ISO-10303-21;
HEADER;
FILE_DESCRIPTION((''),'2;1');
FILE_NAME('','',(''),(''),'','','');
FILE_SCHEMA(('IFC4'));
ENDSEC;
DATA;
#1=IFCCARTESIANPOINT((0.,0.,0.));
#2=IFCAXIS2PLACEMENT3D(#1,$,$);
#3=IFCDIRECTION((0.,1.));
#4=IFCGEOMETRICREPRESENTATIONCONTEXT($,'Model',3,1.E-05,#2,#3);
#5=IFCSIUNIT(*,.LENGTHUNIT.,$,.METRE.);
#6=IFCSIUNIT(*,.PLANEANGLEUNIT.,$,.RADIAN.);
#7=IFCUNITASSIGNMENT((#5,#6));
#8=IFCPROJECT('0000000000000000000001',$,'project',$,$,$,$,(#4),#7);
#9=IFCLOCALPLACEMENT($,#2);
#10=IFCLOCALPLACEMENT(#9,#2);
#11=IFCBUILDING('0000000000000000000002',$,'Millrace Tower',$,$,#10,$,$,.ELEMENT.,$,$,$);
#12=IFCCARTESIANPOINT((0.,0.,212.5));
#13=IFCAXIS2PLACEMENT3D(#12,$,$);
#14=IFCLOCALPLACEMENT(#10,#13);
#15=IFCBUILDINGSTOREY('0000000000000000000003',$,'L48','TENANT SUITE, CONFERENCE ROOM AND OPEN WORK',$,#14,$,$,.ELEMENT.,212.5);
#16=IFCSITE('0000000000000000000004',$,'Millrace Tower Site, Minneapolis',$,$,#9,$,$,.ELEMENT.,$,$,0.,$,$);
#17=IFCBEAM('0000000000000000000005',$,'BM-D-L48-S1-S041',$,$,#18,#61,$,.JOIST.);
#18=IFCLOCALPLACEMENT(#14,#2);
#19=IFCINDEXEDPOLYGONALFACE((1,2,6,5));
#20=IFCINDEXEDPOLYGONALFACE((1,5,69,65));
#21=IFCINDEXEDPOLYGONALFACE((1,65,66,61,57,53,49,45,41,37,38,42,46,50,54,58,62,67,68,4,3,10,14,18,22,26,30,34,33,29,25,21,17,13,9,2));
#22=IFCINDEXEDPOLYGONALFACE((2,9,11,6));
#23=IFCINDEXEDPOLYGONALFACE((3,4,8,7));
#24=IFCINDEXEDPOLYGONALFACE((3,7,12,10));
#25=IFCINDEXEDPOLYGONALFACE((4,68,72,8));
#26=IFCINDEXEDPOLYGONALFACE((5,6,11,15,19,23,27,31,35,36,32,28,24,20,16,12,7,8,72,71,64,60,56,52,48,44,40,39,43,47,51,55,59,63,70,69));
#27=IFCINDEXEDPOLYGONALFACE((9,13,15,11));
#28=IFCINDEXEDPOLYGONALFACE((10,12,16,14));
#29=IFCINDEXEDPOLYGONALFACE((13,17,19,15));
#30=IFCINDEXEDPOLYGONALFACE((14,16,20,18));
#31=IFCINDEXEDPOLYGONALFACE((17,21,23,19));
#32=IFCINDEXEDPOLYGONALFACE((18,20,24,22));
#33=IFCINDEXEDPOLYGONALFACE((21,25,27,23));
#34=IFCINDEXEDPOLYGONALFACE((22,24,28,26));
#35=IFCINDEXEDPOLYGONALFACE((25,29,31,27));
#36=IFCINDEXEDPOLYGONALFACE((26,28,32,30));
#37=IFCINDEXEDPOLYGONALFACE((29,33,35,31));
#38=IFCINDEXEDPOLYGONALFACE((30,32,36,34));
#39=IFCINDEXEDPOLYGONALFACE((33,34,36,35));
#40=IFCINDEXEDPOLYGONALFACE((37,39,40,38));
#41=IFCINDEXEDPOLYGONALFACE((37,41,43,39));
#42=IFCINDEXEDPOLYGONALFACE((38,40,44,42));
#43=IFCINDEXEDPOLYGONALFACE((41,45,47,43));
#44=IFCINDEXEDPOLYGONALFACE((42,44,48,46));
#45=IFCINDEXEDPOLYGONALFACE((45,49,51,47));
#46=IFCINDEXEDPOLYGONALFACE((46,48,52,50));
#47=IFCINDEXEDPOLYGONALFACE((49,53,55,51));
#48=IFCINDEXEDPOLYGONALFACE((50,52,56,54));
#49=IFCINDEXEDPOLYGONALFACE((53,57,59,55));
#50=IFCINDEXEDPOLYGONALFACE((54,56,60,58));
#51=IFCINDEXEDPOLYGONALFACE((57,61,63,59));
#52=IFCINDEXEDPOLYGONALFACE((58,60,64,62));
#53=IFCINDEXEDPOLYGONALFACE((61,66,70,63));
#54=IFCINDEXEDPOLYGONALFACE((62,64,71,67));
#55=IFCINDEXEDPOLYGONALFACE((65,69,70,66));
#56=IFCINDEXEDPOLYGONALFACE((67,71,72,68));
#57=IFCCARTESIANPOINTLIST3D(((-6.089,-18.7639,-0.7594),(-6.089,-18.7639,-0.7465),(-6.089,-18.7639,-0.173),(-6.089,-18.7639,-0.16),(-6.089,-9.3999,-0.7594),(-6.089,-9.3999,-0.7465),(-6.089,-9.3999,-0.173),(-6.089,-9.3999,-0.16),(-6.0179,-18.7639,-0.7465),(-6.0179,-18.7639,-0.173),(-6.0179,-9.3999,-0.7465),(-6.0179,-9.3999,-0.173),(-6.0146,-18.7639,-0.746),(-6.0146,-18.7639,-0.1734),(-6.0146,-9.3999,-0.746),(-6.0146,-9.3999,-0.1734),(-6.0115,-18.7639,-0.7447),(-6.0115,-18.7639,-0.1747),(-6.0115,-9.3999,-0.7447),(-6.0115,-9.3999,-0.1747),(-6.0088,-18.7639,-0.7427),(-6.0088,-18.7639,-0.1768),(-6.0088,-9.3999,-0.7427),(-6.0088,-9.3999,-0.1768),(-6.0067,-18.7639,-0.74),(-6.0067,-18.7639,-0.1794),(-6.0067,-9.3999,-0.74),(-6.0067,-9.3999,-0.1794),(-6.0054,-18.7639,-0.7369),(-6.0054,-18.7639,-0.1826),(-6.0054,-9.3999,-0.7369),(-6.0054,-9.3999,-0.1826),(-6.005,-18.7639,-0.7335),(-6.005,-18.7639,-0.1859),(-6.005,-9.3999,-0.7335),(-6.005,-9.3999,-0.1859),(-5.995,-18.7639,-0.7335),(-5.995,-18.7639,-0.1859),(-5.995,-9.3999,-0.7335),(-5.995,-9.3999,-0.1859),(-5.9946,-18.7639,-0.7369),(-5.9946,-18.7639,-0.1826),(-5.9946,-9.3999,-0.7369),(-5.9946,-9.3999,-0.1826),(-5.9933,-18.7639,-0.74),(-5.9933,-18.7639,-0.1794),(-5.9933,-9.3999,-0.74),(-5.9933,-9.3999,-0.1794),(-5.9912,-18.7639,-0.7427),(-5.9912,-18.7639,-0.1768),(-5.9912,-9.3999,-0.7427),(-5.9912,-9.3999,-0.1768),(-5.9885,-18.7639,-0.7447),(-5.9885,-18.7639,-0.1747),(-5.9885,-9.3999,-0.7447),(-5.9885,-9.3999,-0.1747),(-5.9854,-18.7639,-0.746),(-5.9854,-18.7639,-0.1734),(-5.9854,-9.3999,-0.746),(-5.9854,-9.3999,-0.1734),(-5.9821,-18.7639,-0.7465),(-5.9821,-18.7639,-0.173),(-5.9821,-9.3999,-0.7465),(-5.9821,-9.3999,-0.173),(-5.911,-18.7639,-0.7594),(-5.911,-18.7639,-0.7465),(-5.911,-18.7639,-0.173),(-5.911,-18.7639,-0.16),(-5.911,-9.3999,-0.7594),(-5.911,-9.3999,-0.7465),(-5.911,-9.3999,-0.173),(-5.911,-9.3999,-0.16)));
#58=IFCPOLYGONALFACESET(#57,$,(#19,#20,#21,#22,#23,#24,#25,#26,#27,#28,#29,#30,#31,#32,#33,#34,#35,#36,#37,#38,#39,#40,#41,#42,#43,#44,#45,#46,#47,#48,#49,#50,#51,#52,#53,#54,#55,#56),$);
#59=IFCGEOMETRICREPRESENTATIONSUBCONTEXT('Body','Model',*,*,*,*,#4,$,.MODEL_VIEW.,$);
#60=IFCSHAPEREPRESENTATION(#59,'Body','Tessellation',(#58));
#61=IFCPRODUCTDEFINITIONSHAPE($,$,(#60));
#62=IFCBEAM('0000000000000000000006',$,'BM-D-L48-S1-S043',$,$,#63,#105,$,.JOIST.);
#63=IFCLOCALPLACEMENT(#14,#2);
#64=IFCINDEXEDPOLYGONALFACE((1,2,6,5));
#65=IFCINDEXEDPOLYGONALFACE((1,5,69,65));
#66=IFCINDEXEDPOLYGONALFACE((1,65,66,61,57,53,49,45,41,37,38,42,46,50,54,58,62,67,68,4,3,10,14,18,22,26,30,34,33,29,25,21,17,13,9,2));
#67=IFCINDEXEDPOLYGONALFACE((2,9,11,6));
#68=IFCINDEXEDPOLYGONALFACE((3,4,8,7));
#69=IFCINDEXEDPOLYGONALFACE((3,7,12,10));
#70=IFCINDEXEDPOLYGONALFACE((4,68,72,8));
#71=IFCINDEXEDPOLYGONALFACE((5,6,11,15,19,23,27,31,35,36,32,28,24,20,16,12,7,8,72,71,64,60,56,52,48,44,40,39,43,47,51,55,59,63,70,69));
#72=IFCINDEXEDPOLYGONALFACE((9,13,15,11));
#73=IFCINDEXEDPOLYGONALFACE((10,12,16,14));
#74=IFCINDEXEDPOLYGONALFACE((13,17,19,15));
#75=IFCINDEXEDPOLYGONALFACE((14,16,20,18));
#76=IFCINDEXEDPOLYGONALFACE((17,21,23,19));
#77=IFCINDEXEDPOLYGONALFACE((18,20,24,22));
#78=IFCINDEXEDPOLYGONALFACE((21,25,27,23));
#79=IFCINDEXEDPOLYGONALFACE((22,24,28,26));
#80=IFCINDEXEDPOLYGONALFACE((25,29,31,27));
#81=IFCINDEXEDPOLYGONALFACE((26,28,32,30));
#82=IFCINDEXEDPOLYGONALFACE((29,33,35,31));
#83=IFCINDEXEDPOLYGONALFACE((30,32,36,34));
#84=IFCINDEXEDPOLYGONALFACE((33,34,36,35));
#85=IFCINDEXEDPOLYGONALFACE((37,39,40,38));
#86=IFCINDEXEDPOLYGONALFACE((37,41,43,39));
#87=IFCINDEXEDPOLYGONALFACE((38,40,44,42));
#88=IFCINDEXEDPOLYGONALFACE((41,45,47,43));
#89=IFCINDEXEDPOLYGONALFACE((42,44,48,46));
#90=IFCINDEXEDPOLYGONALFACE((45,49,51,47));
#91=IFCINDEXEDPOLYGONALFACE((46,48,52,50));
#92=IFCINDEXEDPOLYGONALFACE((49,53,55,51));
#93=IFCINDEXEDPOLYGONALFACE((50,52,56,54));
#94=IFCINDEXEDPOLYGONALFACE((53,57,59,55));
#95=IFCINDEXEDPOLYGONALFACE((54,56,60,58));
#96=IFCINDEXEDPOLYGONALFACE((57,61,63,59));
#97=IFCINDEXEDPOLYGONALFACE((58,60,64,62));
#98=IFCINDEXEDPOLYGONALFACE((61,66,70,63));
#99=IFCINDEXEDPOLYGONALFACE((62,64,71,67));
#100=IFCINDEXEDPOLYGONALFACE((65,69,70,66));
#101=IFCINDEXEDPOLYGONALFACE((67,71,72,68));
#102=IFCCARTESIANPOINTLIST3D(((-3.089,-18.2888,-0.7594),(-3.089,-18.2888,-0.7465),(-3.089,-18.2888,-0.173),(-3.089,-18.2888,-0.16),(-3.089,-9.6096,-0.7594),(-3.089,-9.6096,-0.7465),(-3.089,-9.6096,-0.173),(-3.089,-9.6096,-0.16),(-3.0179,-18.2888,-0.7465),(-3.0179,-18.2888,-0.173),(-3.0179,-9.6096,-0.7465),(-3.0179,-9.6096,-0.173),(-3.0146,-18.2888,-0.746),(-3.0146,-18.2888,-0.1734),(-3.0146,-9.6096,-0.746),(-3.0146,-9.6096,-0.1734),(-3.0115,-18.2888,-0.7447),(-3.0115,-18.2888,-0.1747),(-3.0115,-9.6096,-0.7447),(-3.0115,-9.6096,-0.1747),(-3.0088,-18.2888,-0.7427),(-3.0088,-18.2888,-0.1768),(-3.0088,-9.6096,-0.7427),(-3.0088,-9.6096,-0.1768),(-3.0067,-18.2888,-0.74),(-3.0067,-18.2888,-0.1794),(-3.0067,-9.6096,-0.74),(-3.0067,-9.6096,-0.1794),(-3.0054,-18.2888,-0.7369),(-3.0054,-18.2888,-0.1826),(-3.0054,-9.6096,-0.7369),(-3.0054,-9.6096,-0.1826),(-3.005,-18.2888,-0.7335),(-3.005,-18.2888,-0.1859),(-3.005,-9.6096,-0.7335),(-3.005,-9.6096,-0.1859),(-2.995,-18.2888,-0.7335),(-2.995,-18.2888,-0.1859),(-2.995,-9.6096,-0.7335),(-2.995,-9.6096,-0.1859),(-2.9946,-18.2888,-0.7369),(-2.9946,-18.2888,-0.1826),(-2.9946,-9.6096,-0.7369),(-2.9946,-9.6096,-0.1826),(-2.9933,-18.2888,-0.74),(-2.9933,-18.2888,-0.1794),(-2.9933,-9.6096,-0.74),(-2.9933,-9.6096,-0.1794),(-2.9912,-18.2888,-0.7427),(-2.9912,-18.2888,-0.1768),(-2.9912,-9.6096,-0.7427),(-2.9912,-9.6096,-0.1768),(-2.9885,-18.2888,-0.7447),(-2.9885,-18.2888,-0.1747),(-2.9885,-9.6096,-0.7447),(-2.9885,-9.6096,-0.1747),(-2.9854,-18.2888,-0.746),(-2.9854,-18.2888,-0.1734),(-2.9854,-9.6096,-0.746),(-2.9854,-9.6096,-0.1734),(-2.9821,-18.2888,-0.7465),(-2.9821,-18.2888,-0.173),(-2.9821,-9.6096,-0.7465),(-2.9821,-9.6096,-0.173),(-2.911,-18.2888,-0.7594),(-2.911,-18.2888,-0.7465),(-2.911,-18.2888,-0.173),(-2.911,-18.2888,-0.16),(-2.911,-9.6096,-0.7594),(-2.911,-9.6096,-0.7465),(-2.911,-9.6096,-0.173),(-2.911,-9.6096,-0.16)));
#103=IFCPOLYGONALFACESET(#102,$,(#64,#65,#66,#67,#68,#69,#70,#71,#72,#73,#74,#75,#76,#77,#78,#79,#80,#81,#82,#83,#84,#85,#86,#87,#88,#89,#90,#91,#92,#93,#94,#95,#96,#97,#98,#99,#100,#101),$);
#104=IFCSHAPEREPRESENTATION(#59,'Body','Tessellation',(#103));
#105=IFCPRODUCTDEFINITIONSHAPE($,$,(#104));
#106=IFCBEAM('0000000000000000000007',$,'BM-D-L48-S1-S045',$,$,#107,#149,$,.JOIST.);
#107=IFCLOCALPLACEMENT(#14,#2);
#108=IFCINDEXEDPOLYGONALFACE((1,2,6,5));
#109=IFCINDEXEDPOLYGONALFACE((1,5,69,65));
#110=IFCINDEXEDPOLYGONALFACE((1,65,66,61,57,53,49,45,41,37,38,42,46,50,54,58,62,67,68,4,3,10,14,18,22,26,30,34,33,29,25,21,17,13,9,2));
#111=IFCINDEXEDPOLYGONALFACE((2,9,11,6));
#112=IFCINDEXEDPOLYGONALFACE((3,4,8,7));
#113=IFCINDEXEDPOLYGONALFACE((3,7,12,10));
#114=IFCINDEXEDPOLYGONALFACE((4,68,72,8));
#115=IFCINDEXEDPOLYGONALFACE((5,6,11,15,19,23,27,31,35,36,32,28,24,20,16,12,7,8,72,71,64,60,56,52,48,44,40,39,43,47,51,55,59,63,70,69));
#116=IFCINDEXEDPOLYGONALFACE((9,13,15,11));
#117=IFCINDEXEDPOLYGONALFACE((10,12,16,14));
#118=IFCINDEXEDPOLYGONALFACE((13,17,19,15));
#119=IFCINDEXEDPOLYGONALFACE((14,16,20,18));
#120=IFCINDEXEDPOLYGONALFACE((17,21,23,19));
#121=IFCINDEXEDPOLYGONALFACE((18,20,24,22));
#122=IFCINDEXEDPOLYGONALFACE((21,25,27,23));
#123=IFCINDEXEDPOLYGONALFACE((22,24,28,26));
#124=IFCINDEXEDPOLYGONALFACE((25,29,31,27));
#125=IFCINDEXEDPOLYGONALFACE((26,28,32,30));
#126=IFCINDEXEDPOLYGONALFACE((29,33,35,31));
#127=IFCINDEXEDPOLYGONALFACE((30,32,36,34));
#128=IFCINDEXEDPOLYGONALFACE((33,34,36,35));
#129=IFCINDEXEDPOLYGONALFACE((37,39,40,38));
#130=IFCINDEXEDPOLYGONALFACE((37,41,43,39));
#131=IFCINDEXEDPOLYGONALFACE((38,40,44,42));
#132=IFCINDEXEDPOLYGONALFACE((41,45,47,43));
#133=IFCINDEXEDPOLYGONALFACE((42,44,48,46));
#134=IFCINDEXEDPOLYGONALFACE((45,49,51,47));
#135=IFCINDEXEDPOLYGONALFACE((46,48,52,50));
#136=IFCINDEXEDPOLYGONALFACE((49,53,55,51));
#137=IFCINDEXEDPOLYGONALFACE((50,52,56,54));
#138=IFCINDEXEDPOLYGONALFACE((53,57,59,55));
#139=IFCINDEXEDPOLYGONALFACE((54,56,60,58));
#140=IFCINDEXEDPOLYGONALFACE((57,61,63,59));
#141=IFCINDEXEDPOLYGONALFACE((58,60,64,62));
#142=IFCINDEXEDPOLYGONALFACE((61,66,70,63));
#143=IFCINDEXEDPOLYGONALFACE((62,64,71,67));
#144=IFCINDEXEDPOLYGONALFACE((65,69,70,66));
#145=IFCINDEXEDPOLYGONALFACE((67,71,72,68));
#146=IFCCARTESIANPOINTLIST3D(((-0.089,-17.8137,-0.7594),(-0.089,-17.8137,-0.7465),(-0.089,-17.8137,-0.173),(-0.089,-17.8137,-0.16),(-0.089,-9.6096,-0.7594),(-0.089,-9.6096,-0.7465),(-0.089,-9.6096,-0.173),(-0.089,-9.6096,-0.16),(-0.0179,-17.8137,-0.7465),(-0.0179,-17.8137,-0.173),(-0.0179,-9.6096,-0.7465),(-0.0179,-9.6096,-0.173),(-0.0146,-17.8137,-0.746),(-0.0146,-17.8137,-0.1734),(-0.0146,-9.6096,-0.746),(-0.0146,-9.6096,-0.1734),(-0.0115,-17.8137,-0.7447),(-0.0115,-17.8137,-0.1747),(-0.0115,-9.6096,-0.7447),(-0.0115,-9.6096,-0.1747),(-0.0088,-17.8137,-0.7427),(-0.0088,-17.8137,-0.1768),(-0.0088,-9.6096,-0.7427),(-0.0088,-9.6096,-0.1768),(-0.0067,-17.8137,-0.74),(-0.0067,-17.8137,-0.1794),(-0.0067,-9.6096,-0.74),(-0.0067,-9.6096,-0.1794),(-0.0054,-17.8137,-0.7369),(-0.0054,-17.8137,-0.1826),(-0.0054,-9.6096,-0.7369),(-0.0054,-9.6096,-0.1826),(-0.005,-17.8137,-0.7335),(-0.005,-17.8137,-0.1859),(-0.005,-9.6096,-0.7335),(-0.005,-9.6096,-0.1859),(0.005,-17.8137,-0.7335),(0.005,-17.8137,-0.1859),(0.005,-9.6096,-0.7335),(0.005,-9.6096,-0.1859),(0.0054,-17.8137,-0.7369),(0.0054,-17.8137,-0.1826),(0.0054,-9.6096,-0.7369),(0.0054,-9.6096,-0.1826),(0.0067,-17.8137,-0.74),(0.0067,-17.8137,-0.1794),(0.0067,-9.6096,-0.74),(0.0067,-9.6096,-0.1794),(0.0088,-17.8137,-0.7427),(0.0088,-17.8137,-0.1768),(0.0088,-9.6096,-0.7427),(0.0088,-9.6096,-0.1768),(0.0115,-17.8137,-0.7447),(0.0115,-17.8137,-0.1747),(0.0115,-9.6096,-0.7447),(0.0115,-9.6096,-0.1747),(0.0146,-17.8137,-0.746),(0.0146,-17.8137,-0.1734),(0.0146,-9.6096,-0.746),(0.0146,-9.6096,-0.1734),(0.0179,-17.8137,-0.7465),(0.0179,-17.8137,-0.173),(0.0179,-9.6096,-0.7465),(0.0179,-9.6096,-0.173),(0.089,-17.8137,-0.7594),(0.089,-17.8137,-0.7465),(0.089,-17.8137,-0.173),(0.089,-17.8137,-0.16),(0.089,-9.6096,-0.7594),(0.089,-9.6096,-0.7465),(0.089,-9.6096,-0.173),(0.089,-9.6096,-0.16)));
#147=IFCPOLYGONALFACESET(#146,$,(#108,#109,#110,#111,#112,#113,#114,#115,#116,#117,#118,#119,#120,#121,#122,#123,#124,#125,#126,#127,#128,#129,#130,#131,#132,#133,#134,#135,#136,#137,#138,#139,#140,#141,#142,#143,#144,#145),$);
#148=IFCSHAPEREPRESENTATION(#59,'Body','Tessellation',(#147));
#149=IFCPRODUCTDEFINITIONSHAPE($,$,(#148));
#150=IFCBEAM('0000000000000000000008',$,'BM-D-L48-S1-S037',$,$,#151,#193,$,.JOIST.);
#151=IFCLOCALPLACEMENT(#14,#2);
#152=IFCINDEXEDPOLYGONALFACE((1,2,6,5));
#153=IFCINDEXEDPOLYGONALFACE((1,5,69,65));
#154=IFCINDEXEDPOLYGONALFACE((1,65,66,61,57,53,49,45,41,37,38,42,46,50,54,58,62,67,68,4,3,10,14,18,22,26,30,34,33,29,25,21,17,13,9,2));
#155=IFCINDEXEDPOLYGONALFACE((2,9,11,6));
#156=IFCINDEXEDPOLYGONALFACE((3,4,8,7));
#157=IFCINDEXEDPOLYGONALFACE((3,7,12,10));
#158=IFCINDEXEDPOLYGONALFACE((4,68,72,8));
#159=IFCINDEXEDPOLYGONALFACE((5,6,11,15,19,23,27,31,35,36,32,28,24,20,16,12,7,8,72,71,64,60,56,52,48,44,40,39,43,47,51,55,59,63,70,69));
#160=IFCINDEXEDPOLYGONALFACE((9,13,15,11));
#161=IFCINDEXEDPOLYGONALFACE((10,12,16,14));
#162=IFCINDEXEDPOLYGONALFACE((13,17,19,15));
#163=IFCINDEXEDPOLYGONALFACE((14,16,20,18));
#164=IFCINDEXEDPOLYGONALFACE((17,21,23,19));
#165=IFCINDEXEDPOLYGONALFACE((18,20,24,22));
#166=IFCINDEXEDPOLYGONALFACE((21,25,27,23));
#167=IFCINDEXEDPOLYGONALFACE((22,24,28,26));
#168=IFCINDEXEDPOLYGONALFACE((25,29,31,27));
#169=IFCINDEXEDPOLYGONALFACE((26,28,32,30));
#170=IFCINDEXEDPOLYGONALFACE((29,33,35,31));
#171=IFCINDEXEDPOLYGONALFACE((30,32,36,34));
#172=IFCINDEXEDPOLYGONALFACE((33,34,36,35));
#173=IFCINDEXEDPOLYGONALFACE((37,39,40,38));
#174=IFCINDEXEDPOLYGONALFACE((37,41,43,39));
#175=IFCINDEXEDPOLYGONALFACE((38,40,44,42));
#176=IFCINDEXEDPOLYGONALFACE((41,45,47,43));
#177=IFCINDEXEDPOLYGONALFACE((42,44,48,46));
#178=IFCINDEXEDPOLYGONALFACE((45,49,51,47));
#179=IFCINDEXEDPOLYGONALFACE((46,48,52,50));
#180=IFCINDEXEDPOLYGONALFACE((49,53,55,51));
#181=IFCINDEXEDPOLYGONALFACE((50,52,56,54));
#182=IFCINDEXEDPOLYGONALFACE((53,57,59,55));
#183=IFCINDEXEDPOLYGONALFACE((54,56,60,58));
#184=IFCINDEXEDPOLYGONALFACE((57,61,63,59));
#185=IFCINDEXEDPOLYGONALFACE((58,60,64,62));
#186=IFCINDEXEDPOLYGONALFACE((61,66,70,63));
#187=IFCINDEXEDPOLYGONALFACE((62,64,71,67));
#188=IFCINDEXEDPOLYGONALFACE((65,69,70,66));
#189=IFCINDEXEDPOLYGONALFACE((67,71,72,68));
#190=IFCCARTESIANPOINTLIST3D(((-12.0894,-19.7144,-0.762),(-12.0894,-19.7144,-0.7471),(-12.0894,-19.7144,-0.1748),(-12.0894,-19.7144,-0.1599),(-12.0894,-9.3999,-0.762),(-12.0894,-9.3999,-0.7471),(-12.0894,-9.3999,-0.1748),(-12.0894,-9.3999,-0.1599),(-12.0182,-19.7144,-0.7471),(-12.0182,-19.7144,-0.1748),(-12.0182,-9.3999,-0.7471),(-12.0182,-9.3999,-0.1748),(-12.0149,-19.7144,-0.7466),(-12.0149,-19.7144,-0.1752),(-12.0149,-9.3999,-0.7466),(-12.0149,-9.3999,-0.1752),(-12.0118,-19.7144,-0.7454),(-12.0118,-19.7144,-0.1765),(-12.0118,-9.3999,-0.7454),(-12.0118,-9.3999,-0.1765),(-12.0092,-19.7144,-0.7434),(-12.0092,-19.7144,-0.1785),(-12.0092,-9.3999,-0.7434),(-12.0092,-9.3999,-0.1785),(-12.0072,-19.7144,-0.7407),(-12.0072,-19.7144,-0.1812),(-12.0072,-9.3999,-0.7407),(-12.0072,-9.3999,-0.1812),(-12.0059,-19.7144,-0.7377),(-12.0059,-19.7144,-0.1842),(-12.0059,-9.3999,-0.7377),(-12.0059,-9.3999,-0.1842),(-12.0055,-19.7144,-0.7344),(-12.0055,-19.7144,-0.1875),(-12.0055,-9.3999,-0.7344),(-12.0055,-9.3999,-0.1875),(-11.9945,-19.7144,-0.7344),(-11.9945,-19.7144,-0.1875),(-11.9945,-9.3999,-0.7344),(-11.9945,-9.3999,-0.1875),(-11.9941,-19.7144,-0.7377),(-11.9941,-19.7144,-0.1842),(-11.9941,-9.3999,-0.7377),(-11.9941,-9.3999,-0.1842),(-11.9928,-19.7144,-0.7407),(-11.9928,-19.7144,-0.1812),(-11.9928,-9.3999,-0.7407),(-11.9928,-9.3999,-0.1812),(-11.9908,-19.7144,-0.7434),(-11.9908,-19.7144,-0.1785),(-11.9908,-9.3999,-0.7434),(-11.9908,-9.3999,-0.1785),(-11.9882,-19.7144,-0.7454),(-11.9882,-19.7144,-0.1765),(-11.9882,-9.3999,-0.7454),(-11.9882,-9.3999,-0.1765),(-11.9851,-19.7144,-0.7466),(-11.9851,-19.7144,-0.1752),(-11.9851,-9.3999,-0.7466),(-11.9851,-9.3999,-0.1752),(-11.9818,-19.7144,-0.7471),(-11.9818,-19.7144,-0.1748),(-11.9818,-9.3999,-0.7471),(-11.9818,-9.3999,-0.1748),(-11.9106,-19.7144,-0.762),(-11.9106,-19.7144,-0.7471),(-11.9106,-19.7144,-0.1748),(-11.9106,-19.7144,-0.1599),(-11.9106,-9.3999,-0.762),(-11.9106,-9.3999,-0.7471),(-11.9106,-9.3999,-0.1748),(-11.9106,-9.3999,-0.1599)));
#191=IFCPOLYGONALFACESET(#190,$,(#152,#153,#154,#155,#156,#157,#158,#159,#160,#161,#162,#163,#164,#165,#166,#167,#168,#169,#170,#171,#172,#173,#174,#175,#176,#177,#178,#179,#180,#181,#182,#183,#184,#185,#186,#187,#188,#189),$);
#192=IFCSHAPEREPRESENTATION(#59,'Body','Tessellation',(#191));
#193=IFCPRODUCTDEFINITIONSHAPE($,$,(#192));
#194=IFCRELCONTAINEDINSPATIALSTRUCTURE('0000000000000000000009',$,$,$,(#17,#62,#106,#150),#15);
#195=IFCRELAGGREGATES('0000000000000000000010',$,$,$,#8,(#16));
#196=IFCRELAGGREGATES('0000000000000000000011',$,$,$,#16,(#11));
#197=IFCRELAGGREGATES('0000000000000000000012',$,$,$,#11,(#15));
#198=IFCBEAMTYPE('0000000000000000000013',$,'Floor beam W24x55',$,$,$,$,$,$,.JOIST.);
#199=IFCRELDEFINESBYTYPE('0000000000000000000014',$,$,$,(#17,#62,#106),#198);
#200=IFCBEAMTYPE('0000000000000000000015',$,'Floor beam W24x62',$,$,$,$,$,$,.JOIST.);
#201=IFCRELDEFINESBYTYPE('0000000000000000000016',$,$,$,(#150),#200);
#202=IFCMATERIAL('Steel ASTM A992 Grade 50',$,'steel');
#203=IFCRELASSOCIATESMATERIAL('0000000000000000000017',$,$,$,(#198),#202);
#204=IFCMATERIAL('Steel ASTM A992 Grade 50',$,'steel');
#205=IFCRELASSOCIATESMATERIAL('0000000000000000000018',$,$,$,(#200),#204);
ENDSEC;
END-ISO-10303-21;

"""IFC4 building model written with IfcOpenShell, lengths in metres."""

from ifc_helpers import new_model, si_unit, direction, frame, origin, origin_2d, place, context, subcontext, project, spatial, i_section, extrude, material, material_profile, profile_set, type_object, element, save


model = new_model("IFC4")

# Units and contexts
model_context = context("Model", 3, precision=1e-05, world=origin(), true_north=direction((0.0, 1.0)))
body_context = subcontext(model_context, "Body", "Model", "MODEL_VIEW")
ifc_project = project(units=[si_unit("LENGTHUNIT", "METRE"), si_unit("PLANEANGLEUNIT", "RADIAN")], contexts=[model_context])

# Site, building, storey
site_placement = place(None, origin())
site = spatial("IfcSite", under=ifc_project, at=site_placement, Name="Millrace Tower Site, Minneapolis", CompositionType="ELEMENT", RefElevation=0.0)
building_placement = place(site_placement, origin())
building = spatial("IfcBuilding", under=site, at=building_placement, Name="Millrace Tower", CompositionType="ELEMENT")
storey_placement = place(building_placement, frame((0.0, 0.0, 212.5)))
storey = spatial("IfcBuildingStorey", under=building, at=storey_placement, Name="L48", Description="TENANT SUITE, CONFERENCE ROOM AND OPEN WORK", CompositionType="ELEMENT", Elevation=212.5)

# Beams
ifc_material_1 = material(Name="Steel ASTM A992 Grade 50", Category="steel")
ifc_material_profile_1 = material_profile(ifc_material_1, i_section(OverallWidth=0.178, OverallDepth=0.5994, WebThickness=0.01, FlangeThickness=0.0129, FilletRadius=0.0129, at=origin_2d()))
ifc_profile_set_1 = profile_set([ifc_material_profile_1], Name="Steel ASTM A992 Grade 50")
beam_type_1 = type_object("IfcBeamType", Name="Floor beam W24x55", PredefinedType="JOIST", material=ifc_profile_set_1)
beam_1_placement = place(storey_placement, frame((-6.0, -18.7639, -0.4597), z_axis=(0.0, 1.0, 0.0), x_axis=(-1.0, 0.0, 0.0)))
element("IfcBeam", 1, at=beam_1_placement, inside=storey, type_object=beam_type_1, Name="BM-D-L48-S1-S041", PredefinedType="JOIST", context=body_context, shape_type="SweptSolid", body=[
    extrude(i_section(OverallWidth=0.178, OverallDepth=0.5994, WebThickness=0.01, FlangeThickness=0.0129, FilletRadius=0.0129, at=origin_2d()), origin(), (0.0, 0.0, 1.0), 9.364),
])
beam_2_placement = place(storey_placement, frame((-3.0, -18.2888, -0.4597), z_axis=(0.0, 1.0, 0.0), x_axis=(-1.0, 0.0, 0.0)))
element("IfcBeam", 2, at=beam_2_placement, inside=storey, type_object=beam_type_1, Name="BM-D-L48-S1-S043", PredefinedType="JOIST", context=body_context, shape_type="SweptSolid", body=[
    extrude(i_section(OverallWidth=0.178, OverallDepth=0.5994, WebThickness=0.01, FlangeThickness=0.0129, FilletRadius=0.0129, at=origin_2d()), origin(), (0.0, 0.0, 1.0), 8.6792),
])
beam_3_placement = place(storey_placement, frame((0.0, -17.8137, -0.4597), z_axis=(0.0, 1.0, 0.0), x_axis=(-1.0, 0.0, 0.0)))
element("IfcBeam", 3, at=beam_3_placement, inside=storey, type_object=beam_type_1, Name="BM-D-L48-S1-S045", PredefinedType="JOIST", context=body_context, shape_type="SweptSolid", body=[
    extrude(i_section(OverallWidth=0.178, OverallDepth=0.5994, WebThickness=0.01, FlangeThickness=0.0129, FilletRadius=0.0129, at=origin_2d()), origin(), (0.0, 0.0, 1.0), 8.2041),
])
ifc_material_2 = material(Name="Steel ASTM A992 Grade 50", Category="steel")
ifc_material_profile_2 = material_profile(ifc_material_2, i_section(OverallWidth=0.1787, OverallDepth=0.6021, WebThickness=0.011, FlangeThickness=0.0149, FilletRadius=0.0127, at=origin_2d()))
ifc_profile_set_2 = profile_set([ifc_material_profile_2], Name="Steel ASTM A992 Grade 50")
beam_type_2 = type_object("IfcBeamType", Name="Floor beam W24x62", PredefinedType="JOIST", material=ifc_profile_set_2)
beam_4_placement = place(storey_placement, frame((-12.0, -19.7144, -0.4609), z_axis=(0.0, 1.0, 0.0), x_axis=(-1.0, 0.0, 0.0)))
element("IfcBeam", 4, at=beam_4_placement, inside=storey, type_object=beam_type_2, Name="BM-D-L48-S1-S037", PredefinedType="JOIST", context=body_context, shape_type="SweptSolid", body=[
    extrude(i_section(OverallWidth=0.1787, OverallDepth=0.6021, WebThickness=0.011, FlangeThickness=0.0149, FilletRadius=0.0127, at=origin_2d()), origin(), (0.0, 0.0, 1.0), 10.3145),
])

save(model, "model.ifc")
